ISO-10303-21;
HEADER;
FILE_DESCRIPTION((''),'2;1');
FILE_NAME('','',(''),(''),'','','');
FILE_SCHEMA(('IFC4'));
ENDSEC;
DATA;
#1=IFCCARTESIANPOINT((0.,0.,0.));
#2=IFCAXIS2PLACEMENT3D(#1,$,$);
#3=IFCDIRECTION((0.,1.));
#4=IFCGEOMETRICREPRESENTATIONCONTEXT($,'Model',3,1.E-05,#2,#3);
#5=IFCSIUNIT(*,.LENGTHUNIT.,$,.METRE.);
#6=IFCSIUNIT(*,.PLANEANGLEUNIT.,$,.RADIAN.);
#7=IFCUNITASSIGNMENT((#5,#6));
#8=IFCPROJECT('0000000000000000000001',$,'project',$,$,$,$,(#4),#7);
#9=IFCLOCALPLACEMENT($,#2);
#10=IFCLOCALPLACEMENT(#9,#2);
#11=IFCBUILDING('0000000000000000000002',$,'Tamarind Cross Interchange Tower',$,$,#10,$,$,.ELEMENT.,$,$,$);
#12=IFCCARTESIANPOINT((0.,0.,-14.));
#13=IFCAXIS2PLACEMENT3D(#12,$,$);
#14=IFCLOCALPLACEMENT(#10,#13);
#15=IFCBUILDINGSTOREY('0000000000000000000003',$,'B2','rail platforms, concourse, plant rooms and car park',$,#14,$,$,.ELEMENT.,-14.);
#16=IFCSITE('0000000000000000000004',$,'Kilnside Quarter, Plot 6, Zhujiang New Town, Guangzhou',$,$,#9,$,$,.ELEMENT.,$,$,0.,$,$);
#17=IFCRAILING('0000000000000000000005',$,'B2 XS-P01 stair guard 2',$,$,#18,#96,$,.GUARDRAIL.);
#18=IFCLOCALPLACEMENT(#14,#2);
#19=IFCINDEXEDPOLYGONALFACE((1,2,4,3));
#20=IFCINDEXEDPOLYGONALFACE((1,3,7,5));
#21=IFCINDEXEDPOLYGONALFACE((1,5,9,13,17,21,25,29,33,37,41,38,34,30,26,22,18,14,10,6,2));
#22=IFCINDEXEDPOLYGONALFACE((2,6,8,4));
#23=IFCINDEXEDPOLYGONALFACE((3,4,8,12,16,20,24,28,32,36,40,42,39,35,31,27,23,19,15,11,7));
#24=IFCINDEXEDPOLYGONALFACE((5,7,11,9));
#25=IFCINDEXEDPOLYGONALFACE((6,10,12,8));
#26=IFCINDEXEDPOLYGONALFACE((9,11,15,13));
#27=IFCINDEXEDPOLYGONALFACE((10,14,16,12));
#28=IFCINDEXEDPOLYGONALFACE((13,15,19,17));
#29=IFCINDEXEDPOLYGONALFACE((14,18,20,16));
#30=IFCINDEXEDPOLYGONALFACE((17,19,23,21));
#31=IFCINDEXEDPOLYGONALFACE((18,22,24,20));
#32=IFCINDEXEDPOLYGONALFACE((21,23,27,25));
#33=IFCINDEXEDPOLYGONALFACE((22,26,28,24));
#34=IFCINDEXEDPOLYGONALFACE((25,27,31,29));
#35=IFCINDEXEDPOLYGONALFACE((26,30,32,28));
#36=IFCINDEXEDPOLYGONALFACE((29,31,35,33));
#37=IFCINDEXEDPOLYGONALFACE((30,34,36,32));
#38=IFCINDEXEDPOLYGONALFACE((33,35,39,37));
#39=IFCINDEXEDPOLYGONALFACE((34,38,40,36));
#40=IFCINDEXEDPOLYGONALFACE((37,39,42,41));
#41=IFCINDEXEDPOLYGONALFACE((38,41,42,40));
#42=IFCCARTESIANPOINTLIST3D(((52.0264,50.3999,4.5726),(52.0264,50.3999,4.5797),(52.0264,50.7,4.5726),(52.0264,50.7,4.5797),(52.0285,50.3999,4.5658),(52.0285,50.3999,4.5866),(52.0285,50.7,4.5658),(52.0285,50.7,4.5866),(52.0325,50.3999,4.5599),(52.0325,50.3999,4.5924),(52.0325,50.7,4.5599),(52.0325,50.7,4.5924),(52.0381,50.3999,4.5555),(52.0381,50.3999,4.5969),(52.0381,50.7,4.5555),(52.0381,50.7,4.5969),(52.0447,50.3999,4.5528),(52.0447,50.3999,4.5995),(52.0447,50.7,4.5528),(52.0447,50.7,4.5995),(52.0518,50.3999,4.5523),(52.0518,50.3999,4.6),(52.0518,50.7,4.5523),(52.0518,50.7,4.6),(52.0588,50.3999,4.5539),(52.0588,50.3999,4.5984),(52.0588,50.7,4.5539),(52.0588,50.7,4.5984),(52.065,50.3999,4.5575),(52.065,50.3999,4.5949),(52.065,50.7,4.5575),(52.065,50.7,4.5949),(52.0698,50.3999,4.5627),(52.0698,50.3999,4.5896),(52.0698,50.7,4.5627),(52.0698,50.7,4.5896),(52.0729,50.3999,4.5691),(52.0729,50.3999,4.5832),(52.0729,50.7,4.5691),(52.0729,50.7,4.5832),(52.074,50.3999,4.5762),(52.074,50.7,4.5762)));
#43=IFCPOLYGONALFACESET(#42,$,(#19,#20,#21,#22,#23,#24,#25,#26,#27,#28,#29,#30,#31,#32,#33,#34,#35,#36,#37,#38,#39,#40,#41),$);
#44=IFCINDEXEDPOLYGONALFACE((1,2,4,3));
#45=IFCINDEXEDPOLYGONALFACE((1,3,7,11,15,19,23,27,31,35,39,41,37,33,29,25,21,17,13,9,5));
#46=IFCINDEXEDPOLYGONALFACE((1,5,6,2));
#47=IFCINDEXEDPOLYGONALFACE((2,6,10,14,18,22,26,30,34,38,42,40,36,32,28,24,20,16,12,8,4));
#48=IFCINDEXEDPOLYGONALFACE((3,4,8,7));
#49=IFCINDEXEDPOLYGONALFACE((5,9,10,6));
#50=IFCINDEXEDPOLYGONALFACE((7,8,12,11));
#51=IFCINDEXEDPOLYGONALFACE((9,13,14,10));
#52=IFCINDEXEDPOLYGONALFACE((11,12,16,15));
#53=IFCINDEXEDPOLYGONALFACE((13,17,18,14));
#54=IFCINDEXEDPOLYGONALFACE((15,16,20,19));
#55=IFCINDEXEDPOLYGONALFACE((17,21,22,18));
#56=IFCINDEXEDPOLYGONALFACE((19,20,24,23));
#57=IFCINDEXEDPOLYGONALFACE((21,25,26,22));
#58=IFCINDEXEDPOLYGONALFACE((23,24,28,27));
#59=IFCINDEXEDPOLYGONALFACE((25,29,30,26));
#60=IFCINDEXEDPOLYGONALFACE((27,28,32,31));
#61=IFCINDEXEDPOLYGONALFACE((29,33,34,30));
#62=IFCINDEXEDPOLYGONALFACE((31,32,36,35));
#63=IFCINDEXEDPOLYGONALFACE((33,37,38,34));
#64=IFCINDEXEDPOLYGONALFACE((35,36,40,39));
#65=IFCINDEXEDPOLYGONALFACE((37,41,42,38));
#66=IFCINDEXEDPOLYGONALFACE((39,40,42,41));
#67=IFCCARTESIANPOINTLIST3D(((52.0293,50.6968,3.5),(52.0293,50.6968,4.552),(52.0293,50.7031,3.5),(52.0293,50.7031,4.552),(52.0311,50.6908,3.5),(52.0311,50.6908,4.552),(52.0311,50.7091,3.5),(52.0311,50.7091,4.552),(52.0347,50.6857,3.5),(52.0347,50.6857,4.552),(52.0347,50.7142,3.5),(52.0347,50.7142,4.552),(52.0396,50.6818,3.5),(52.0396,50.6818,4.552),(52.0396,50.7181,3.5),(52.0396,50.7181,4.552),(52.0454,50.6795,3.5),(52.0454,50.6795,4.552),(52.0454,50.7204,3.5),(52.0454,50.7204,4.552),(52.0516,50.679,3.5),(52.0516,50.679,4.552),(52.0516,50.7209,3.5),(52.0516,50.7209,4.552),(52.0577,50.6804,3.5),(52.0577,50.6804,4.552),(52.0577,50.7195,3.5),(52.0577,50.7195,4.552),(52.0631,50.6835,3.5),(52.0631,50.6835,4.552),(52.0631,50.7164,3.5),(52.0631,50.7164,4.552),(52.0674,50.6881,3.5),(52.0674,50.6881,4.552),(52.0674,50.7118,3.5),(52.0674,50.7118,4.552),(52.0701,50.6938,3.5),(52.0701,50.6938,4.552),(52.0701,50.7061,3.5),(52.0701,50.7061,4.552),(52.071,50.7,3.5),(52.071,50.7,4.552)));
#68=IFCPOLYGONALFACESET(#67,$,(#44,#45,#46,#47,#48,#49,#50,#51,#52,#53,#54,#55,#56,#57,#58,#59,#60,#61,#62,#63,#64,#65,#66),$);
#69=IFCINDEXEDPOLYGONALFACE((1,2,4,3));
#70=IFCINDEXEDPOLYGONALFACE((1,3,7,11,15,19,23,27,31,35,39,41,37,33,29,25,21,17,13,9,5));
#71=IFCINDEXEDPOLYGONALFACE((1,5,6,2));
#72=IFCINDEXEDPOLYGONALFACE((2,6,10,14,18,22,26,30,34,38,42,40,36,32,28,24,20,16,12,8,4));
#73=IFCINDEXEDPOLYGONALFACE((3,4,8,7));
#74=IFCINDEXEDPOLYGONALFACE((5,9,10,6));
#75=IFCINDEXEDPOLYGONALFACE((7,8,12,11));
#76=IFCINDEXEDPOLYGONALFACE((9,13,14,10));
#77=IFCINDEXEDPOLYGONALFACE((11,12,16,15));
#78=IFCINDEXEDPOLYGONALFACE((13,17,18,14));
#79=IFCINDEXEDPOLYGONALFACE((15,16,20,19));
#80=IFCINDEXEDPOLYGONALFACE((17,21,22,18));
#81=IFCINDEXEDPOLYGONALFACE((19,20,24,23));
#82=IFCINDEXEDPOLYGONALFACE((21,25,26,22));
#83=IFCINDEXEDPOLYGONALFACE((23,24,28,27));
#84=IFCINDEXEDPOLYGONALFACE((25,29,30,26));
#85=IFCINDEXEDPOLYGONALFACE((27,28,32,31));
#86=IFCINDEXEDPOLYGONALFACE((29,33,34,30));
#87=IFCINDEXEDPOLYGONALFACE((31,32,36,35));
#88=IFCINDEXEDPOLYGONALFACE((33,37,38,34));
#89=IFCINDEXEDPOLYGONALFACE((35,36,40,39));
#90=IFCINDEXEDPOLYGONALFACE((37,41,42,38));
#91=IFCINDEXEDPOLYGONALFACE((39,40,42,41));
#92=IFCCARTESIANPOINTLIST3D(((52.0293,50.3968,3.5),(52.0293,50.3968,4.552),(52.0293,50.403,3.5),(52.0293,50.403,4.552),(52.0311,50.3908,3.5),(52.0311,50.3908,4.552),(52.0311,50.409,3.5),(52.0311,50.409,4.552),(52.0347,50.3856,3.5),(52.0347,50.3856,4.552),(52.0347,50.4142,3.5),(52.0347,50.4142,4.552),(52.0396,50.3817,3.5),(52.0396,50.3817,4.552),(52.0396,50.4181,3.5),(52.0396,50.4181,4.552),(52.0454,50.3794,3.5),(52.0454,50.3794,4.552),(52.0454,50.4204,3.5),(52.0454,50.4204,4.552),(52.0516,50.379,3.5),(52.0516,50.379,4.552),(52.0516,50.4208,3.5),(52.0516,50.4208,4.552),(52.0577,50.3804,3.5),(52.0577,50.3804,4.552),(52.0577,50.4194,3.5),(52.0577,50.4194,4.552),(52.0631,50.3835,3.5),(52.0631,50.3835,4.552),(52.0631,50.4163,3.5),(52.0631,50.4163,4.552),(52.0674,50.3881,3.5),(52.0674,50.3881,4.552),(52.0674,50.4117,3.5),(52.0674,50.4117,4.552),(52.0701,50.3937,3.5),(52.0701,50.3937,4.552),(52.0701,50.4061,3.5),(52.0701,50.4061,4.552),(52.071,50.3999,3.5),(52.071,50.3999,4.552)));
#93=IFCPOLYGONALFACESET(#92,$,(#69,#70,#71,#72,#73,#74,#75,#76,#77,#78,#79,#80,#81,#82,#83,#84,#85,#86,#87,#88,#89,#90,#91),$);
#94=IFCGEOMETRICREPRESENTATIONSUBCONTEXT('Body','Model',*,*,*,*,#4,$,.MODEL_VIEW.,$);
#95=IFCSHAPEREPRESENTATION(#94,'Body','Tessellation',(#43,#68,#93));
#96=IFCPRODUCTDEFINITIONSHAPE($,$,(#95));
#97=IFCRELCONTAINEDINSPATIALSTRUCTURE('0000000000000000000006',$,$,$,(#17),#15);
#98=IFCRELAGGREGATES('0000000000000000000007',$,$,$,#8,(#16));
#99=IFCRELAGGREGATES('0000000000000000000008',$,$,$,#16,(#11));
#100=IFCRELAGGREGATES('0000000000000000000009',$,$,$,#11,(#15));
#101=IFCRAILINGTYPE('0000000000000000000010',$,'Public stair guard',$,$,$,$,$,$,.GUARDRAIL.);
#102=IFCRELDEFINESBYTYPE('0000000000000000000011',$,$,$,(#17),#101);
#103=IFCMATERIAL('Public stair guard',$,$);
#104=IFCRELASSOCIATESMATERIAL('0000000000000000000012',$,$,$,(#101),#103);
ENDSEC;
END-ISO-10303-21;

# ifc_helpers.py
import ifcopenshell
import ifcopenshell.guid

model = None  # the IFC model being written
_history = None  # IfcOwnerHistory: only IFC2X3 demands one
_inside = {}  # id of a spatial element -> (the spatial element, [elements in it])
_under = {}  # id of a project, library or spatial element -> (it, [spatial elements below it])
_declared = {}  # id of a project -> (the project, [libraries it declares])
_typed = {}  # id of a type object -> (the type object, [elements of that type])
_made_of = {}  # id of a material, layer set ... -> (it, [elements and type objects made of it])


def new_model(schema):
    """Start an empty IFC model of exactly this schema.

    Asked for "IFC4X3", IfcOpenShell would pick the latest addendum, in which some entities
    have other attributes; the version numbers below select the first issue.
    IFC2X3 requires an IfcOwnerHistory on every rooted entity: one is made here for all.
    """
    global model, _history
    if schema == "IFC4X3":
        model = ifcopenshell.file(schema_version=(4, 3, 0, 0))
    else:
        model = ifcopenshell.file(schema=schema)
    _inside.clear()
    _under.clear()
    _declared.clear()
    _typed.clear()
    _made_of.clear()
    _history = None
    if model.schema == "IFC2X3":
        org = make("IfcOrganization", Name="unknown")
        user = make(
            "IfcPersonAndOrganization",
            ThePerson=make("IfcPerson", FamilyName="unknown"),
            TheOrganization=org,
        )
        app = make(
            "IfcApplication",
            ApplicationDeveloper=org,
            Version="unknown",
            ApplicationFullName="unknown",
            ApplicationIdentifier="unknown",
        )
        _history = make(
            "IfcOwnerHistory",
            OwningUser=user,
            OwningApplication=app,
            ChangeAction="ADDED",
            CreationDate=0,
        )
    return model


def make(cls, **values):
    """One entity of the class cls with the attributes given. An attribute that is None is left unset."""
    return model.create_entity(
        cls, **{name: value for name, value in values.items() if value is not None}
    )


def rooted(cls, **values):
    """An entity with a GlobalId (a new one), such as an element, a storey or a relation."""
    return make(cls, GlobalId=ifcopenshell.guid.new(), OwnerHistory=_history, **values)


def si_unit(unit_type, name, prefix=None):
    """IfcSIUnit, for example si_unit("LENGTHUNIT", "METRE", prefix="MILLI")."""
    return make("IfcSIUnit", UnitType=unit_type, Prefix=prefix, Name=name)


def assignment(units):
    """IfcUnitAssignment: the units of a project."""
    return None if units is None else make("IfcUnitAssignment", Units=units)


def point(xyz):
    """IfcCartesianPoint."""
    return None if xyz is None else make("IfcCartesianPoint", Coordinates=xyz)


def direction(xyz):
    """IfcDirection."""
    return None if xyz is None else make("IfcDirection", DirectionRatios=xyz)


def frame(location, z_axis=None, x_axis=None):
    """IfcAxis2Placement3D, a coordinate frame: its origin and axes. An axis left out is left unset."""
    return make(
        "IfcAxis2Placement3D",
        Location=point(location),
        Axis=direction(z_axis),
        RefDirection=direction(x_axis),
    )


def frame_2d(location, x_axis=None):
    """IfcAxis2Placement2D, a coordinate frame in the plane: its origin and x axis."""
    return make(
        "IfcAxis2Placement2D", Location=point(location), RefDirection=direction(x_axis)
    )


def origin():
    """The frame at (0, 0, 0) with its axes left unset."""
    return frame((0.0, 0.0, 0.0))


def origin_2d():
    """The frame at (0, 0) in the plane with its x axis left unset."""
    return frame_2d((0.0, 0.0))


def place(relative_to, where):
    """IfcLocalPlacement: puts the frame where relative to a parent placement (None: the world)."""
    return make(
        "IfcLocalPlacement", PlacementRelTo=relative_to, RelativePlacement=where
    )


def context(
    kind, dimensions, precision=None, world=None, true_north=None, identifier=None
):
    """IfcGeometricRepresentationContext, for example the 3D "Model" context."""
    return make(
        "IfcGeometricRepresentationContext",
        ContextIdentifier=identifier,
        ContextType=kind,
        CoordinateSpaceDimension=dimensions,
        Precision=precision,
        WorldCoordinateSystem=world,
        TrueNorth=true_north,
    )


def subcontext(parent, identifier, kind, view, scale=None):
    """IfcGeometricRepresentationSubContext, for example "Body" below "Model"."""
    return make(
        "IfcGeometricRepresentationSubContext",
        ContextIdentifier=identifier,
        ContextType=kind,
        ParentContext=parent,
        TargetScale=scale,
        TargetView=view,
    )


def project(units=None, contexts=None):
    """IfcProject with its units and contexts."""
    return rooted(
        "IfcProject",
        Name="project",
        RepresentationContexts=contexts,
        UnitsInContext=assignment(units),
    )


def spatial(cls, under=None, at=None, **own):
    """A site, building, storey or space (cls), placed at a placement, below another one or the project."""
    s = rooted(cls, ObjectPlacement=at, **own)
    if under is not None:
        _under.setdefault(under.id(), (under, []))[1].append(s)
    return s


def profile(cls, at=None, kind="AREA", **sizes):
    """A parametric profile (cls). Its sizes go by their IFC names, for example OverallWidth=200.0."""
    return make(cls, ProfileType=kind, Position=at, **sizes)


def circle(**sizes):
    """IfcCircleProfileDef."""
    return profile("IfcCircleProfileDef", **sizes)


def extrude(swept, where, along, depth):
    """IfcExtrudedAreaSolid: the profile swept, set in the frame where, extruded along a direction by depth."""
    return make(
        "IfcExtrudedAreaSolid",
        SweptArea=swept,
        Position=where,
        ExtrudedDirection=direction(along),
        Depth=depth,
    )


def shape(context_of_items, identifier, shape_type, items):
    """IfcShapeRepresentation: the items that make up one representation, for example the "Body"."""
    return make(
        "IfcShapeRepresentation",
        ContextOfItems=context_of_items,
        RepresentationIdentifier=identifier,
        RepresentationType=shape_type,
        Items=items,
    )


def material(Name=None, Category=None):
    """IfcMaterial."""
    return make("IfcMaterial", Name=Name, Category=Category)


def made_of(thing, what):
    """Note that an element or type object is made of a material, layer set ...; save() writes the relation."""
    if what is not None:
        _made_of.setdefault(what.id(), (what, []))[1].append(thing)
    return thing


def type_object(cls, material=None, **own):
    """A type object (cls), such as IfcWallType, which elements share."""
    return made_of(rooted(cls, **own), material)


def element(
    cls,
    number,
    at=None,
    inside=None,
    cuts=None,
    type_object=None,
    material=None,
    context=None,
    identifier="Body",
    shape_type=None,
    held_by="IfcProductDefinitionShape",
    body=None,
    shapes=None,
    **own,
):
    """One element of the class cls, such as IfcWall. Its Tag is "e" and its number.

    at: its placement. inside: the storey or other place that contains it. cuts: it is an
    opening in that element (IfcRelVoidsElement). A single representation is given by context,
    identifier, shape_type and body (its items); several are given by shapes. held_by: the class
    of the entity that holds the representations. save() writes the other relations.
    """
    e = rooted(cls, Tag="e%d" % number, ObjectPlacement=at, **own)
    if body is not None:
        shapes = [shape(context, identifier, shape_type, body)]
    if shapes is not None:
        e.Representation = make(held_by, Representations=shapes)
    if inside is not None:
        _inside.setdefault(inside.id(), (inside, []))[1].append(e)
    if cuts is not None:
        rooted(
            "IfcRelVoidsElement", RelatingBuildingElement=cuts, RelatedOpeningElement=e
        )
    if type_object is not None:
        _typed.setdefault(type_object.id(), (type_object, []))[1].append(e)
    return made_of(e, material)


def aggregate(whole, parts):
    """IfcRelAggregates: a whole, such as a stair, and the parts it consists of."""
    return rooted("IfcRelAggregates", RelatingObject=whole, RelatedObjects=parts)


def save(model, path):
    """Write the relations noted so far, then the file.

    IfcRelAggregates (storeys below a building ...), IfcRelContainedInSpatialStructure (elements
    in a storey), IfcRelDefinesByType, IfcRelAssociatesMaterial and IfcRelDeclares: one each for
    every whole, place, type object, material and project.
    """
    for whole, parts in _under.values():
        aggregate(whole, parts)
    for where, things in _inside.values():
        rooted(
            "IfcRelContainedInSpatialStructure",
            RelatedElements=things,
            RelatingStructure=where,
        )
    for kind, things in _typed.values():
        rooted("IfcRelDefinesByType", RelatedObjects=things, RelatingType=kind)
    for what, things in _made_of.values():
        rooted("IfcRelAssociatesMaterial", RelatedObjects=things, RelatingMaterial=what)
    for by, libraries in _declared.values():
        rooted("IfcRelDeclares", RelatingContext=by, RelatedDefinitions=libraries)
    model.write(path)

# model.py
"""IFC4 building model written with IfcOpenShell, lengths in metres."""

from ifc_helpers import new_model, si_unit, direction, frame, origin, origin_2d, place, context, subcontext, project, spatial, circle, extrude, material, type_object, element, save


model = new_model("IFC4")

# Units and contexts
model_context = context("Model", 3, precision=1e-05, world=origin(), true_north=direction((0.0, 1.0)))
body_context = subcontext(model_context, "Body", "Model", "MODEL_VIEW")
ifc_project = project(units=[si_unit("LENGTHUNIT", "METRE"), si_unit("PLANEANGLEUNIT", "RADIAN")], contexts=[model_context])

# Site, building, storey
site_placement = place(None, origin())
site = spatial("IfcSite", under=ifc_project, at=site_placement, Name="Kilnside Quarter, Plot 6, Zhujiang New Town, Guangzhou", CompositionType="ELEMENT", RefElevation=0.0)
building_placement = place(site_placement, origin())
building = spatial("IfcBuilding", under=site, at=building_placement, Name="Tamarind Cross Interchange Tower", CompositionType="ELEMENT")
storey_placement = place(building_placement, frame((0.0, 0.0, -14.0)))
storey = spatial("IfcBuildingStorey", under=building, at=storey_placement, Name="B2", Description="rail platforms, concourse, plant rooms and car park", CompositionType="ELEMENT", Elevation=-14.0)

# Railing
ifc_material_1 = material(Name="Public stair guard")
railing_type_1 = type_object("IfcRailingType", Name="Public stair guard", PredefinedType="GUARDRAIL", material=ifc_material_1)
railing_1_placement = place(storey_placement, frame((52.05, 50.7, 3.5)))
element("IfcRailing", 1, at=railing_1_placement, inside=storey, type_object=railing_type_1, Name="B2 XS-P01 stair guard 2", PredefinedType="GUARDRAIL", context=body_context, shape_type="SweptSolid", body=[
    extrude(circle(Radius=0.0239, at=origin_2d()), frame((0.0, 0.0, 1.0762), z_axis=(0.0, -1.0, 0.0), x_axis=(1.0, 0.0, 0.0)), (0.0, 0.0, 1.0), 0.3),
    extrude(circle(Radius=0.021, at=origin_2d()), origin(), (0.0, 0.0, 1.0), 1.052),
    extrude(circle(Radius=0.021, at=origin_2d()), frame((0.0, -0.3, 0.0)), (0.0, 0.0, 1.0), 1.052),
])

save(model, "model.ifc")
